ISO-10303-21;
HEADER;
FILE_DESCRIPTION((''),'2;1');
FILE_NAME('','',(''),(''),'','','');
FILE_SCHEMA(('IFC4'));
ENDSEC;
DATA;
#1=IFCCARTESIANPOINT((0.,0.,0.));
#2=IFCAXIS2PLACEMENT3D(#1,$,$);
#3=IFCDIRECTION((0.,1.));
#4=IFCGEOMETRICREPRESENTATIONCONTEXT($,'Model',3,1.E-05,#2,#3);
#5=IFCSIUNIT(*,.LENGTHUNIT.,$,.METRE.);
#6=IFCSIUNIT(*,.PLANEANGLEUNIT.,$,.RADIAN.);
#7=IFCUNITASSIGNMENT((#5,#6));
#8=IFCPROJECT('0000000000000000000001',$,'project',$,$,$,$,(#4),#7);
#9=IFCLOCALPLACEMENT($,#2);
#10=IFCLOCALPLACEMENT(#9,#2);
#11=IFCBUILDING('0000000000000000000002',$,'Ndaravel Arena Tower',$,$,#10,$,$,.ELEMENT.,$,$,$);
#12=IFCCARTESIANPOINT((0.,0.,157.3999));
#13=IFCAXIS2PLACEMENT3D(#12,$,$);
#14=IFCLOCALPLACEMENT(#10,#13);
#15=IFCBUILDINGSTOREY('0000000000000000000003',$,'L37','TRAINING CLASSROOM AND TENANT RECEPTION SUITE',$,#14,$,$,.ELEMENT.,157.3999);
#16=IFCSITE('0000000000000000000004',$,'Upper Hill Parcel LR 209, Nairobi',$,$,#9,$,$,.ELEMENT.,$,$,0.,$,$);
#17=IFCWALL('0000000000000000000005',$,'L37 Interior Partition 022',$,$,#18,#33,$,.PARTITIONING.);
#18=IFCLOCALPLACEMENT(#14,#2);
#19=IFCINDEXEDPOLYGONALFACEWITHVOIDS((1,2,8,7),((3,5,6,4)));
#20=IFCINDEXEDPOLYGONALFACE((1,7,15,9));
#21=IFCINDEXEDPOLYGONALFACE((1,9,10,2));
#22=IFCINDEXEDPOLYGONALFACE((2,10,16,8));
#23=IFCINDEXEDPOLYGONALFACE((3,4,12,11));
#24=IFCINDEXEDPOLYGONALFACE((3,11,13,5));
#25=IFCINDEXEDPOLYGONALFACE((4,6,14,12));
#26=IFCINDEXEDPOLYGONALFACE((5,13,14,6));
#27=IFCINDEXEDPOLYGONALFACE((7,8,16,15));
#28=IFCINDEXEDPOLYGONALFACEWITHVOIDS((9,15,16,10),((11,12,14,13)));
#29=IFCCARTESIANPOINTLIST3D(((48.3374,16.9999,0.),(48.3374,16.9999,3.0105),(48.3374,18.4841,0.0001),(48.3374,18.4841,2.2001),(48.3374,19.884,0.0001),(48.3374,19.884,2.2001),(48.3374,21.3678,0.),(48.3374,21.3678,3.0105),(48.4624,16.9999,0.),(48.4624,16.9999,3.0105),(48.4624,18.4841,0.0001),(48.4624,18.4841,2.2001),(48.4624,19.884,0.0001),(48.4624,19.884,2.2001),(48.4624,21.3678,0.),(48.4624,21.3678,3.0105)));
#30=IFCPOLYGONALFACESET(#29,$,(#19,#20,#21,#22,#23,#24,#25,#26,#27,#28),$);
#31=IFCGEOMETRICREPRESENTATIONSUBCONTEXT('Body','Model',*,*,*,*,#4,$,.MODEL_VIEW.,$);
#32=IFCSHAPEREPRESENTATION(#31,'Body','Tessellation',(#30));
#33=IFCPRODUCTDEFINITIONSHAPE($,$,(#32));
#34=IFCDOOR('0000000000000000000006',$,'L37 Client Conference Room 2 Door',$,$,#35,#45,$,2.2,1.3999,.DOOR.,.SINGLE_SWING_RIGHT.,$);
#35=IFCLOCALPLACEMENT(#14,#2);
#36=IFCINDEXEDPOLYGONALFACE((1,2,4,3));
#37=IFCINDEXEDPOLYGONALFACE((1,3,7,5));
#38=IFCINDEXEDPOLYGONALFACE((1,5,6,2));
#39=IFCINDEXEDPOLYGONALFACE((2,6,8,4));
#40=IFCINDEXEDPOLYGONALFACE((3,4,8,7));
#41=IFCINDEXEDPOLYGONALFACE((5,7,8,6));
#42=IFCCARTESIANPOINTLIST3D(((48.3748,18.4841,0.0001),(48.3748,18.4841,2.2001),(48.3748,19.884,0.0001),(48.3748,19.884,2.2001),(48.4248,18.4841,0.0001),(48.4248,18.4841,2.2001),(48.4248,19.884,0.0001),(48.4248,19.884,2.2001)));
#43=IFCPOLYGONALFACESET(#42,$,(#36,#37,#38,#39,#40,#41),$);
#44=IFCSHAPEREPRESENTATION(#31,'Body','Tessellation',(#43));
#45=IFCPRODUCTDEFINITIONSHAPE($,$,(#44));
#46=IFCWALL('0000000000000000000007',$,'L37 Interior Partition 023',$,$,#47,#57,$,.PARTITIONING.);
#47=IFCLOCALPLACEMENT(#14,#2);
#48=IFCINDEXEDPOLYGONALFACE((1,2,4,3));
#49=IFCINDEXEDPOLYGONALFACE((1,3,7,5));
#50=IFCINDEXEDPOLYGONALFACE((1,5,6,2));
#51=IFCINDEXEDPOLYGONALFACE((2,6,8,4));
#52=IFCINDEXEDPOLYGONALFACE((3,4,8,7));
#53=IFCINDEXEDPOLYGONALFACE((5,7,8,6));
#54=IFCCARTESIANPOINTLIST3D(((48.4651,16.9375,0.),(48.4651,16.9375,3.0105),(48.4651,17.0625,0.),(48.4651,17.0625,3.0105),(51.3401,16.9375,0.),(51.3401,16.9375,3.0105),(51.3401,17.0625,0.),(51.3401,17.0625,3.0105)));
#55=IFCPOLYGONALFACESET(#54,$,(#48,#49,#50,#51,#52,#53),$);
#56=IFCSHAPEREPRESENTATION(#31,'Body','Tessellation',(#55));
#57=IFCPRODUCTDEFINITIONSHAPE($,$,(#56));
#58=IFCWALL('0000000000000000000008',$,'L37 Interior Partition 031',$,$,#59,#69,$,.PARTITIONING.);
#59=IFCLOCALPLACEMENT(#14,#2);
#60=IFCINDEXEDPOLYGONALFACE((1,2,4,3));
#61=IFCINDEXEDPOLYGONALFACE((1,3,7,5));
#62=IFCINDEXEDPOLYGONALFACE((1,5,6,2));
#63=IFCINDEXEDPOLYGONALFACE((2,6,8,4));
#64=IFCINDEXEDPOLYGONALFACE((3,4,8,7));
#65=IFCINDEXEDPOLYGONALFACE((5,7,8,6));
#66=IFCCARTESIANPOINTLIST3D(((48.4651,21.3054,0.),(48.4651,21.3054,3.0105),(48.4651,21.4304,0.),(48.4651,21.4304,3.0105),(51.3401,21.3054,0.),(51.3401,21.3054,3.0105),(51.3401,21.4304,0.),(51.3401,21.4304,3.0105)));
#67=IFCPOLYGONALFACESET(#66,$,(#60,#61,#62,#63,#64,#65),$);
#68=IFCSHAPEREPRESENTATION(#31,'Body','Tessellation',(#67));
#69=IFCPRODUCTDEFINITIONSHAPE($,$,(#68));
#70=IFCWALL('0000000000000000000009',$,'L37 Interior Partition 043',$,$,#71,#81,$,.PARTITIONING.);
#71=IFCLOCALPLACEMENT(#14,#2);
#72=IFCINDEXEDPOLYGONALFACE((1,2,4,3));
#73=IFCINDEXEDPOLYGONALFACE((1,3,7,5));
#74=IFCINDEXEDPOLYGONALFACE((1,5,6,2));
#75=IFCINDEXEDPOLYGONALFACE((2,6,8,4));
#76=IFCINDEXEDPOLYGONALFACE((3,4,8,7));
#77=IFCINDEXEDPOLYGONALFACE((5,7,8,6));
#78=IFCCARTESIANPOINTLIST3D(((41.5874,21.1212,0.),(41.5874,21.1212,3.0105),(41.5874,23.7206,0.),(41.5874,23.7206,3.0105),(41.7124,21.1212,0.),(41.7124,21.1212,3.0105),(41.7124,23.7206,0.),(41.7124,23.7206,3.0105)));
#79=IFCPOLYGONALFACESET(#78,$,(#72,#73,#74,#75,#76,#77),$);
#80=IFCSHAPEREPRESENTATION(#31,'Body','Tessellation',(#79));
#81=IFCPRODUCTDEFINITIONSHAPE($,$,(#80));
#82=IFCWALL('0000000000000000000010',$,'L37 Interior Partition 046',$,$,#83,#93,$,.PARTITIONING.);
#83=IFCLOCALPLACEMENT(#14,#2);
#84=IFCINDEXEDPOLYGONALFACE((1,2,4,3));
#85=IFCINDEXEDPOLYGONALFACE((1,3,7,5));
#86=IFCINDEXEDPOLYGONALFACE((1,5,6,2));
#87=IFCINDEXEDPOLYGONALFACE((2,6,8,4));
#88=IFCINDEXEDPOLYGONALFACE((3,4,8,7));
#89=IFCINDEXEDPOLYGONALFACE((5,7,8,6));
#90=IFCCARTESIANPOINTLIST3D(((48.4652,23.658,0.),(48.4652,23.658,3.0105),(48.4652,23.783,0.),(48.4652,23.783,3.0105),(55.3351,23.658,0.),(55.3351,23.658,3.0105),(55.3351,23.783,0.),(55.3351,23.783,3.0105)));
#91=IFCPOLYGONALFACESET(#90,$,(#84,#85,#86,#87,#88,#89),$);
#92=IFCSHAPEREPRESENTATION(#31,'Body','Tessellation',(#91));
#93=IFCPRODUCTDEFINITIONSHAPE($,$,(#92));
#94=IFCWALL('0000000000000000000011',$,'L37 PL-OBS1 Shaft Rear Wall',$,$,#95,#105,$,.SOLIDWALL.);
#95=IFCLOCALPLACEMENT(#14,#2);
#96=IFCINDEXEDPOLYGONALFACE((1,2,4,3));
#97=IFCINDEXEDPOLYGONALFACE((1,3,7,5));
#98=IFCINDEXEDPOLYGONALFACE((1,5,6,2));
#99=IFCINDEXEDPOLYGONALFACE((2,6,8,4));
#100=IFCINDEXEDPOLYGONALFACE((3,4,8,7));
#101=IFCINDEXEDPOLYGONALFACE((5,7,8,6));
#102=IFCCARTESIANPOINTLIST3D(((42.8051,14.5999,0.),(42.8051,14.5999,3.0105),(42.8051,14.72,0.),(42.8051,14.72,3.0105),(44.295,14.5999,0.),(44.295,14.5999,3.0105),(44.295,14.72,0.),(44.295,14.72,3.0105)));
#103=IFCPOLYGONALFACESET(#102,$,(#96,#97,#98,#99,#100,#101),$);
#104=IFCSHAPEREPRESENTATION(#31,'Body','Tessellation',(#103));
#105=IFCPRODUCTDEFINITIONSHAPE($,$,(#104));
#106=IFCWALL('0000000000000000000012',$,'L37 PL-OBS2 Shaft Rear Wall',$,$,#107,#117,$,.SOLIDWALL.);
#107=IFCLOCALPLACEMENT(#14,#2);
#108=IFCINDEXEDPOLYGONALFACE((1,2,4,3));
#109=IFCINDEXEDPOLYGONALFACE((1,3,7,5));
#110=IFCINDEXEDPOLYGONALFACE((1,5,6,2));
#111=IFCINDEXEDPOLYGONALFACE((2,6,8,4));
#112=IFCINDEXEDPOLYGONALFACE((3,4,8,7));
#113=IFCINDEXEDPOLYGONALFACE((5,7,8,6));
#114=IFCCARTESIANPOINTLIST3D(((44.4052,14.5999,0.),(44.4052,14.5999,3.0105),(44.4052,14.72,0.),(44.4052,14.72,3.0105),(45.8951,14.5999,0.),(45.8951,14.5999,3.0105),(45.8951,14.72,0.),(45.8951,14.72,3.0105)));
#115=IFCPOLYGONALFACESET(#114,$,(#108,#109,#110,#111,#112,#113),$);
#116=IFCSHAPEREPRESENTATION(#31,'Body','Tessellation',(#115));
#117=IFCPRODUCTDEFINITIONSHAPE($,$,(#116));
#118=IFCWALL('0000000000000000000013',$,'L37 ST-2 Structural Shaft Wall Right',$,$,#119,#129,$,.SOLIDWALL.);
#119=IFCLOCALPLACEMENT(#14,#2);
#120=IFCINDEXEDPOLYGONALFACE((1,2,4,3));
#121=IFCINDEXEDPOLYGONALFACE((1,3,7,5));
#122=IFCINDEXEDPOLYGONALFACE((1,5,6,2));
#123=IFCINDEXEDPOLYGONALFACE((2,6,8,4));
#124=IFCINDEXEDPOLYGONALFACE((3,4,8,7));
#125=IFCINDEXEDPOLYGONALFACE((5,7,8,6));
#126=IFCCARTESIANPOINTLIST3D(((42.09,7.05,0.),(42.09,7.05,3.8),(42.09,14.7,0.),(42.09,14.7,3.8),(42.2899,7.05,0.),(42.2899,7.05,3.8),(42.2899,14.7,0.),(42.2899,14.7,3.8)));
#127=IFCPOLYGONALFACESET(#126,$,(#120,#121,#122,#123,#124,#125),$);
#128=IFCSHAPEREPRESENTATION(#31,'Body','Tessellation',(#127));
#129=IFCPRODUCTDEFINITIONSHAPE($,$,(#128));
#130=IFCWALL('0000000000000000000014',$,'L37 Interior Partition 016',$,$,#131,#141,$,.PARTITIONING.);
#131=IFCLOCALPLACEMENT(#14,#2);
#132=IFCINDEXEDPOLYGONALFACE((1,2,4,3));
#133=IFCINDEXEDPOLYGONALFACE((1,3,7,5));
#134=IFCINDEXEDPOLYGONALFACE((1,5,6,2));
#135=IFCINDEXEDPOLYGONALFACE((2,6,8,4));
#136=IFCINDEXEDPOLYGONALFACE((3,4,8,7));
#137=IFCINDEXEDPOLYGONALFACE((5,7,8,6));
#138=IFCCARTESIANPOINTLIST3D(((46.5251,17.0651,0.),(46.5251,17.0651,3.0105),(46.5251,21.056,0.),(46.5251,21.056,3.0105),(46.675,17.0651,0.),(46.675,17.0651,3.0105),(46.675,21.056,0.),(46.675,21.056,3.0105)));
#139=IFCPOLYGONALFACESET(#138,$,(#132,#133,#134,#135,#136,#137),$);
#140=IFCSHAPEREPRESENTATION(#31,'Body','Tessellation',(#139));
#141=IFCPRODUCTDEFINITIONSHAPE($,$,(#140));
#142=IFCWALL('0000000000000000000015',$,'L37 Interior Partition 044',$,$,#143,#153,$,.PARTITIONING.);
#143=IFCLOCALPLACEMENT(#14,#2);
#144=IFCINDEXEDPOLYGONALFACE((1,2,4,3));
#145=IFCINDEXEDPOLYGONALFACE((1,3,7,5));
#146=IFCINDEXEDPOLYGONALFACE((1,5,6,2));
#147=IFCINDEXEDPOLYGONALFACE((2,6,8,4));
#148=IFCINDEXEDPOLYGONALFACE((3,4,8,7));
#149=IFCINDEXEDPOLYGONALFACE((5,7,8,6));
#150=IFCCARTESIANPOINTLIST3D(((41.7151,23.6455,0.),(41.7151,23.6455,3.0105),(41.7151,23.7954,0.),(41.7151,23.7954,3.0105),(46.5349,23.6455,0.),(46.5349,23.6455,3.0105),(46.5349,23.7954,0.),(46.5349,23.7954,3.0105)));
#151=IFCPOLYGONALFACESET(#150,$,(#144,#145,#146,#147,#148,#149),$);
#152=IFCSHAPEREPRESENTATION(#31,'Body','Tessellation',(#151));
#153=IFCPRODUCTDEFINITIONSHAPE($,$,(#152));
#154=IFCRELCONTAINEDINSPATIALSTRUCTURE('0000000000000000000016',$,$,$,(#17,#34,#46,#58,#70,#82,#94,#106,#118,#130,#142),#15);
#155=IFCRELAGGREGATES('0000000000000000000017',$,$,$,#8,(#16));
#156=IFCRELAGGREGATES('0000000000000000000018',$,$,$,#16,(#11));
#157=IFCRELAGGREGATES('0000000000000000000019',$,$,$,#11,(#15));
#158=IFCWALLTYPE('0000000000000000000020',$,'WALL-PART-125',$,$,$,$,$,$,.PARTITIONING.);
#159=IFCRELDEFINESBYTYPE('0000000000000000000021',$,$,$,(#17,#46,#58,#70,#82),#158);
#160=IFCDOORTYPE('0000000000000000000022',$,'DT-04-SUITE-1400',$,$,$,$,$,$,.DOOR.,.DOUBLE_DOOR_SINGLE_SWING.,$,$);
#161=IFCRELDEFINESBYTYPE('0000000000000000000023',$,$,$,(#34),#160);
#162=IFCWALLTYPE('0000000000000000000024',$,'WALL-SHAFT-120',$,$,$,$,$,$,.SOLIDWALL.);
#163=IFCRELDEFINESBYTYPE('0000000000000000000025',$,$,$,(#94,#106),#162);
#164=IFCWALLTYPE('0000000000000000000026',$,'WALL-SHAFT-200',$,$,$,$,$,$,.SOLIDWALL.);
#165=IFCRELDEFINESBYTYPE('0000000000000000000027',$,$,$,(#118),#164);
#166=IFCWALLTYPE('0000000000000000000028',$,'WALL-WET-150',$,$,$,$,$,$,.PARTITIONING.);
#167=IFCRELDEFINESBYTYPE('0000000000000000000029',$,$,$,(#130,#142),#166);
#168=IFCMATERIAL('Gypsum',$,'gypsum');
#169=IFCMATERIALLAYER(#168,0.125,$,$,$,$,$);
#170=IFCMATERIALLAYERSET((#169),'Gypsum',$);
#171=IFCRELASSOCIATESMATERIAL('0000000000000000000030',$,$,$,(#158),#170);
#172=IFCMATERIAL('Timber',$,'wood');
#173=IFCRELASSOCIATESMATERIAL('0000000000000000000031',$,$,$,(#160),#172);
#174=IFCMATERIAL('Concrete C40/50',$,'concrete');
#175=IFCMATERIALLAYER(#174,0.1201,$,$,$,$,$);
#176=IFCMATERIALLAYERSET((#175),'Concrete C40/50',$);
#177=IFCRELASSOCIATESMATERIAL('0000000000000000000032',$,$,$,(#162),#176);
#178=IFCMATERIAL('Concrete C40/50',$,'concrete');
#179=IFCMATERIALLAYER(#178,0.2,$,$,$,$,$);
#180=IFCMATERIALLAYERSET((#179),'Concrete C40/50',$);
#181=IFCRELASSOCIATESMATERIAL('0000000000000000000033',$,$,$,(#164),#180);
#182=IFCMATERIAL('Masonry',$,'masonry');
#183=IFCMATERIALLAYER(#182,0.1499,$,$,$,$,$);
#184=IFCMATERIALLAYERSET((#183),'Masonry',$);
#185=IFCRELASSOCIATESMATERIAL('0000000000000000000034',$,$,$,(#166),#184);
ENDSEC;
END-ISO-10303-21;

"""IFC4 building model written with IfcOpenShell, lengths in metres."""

from ifc_helpers import new_model, si_unit, direction, frame, frame_2d, origin, place, context, subcontext, project, spatial, rectangle, extrude, material, layer, layer_set, type_object, element, fill, save


model = new_model("IFC4")

# Units and contexts
model_context = context("Model", 3, precision=1e-05, world=origin(), true_north=direction((0.0, 1.0)))
body_context = subcontext(model_context, "Body", "Model", "MODEL_VIEW")
ifc_project = project(units=[si_unit("LENGTHUNIT", "METRE"), si_unit("PLANEANGLEUNIT", "RADIAN")], contexts=[model_context])

# Site, building, storey
site_placement = place(None, origin())
site = spatial("IfcSite", under=ifc_project, at=site_placement, Name="Upper Hill Parcel LR 209, Nairobi", CompositionType="ELEMENT", RefElevation=0.0)
building_placement = place(site_placement, origin())
building = spatial("IfcBuilding", under=site, at=building_placement, Name="Ndaravel Arena Tower", CompositionType="ELEMENT")
storey_placement = place(building_placement, frame((0.0, 0.0, 157.3999)))
storey = spatial("IfcBuildingStorey", under=building, at=storey_placement, Name="L37", Description="TRAINING CLASSROOM AND TENANT RECEPTION SUITE", CompositionType="ELEMENT", Elevation=157.3999)

# Wall, opening, door
ifc_material_1 = material(Name="Gypsum", Category="gypsum")
ifc_layer_1 = layer(ifc_material_1, 0.125)
ifc_layer_set_1 = layer_set([ifc_layer_1], Name="Gypsum")
wall_type_1 = type_object("IfcWallType", Name="WALL-PART-125", PredefinedType="PARTITIONING", material=ifc_layer_set_1)
wall_1_placement = place(storey_placement, frame((48.3999, 21.3679, 0.0), z_axis=(0.0, 0.0, 1.0), x_axis=(0.0, -1.0, 0.0)))
wall_1 = element("IfcWall", 1, at=wall_1_placement, inside=storey, type_object=wall_type_1, Name="L37 Interior Partition 022", PredefinedType="PARTITIONING", context=body_context, shape_type="SweptSolid", body=[
    extrude(rectangle(XDim=4.3679, YDim=0.125, at=frame_2d((2.1841, 0.0))), origin(), (0.0, 0.0, 1.0), 3.0105),
])
opening_1_placement = place(wall_1_placement, frame((1.4839, 0.0, 0.0)))
opening_1 = element("IfcOpeningElement", 2, at=opening_1_placement, cuts=wall_1, PredefinedType="OPENING", context=body_context, shape_type="SweptSolid", body=[
    extrude(rectangle(XDim=1.3999, YDim=2.2, at=frame_2d((0.7, 1.1001))), frame((0.0, 0.0625, 0.0), z_axis=(0.0, -1.0, 0.0), x_axis=(1.0, 0.0, 0.0)), (0.0, 0.0, 1.0), 0.125),
])
ifc_material_2 = material(Name="Timber", Category="wood")
door_type_1 = type_object("IfcDoorType", Name="DT-04-SUITE-1400", OperationType="DOUBLE_DOOR_SINGLE_SWING", PredefinedType="DOOR", material=ifc_material_2)
door_1_placement = place(opening_1_placement, origin())
door_1 = element("IfcDoor", 3, at=door_1_placement, inside=storey, type_object=door_type_1, Name="L37 Client Conference Room 2 Door", OperationType="SINGLE_SWING_RIGHT", OverallHeight=2.2, OverallWidth=1.3999, PredefinedType="DOOR", context=body_context, shape_type="SweptSolid", body=[
    extrude(rectangle(XDim=1.3999, YDim=2.2, at=frame_2d((0.7, 1.1001))), frame((0.0, 0.0249, 0.0), z_axis=(0.0, -1.0, 0.0), x_axis=(1.0, 0.0, 0.0)), (0.0, 0.0, 1.0), 0.05),
])
fill(opening_1, door_1)

# Walls
for number, where, z_axis, x_axis, name in (
    (4, (48.4651, 17.0, 0.0), (0.0, 0.0, 1.0), (1.0, 0.0, 0.0), "L37 Interior Partition 023"),
    (5, (48.4651, 21.3679, 0.0), (0.0, 0.0, 1.0), (1.0, 0.0, 0.0), "L37 Interior Partition 031"),
):
    element("IfcWall", number, at=place(storey_placement, frame(where, z_axis=z_axis, x_axis=x_axis)), inside=storey, type_object=wall_type_1, Name=name, PredefinedType="PARTITIONING", context=body_context, shape_type="SweptSolid", body=[
        extrude(rectangle(XDim=2.875, YDim=0.125, at=frame_2d((1.4375, 0.0))), origin(), (0.0, 0.0, 1.0), 3.0105),
    ])
wall_2_placement = place(storey_placement, frame((41.6499, 21.1211, 0.0), z_axis=(0.0, 0.0, 1.0), x_axis=(0.0, 1.0, 0.0)))
element("IfcWall", 6, at=wall_2_placement, inside=storey, type_object=wall_type_1, Name="L37 Interior Partition 043", PredefinedType="PARTITIONING", context=body_context, shape_type="SweptSolid", body=[
    extrude(rectangle(XDim=2.5994, YDim=0.125, at=frame_2d((1.2998, 0.0))), origin(), (0.0, 0.0, 1.0), 3.0105),
])
wall_3_placement = place(storey_placement, frame((48.4651, 23.7205, 0.0), z_axis=(0.0, 0.0, 1.0), x_axis=(1.0, 0.0, 0.0)))
element("IfcWall", 7, at=wall_3_placement, inside=storey, type_object=wall_type_1, Name="L37 Interior Partition 046", PredefinedType="PARTITIONING", context=body_context, shape_type="SweptSolid", body=[
    extrude(rectangle(XDim=6.8699, YDim=0.125, at=frame_2d((3.4351, 0.0))), origin(), (0.0, 0.0, 1.0), 3.0105),
])
ifc_material_3 = material(Name="Concrete C40/50", Category="concrete")
ifc_layer_2 = layer(ifc_material_3, 0.1201)
ifc_layer_set_2 = layer_set([ifc_layer_2], Name="Concrete C40/50")
wall_type_2 = type_object("IfcWallType", Name="WALL-SHAFT-120", PredefinedType="SOLIDWALL", material=ifc_layer_set_2)
for number, where, z_axis, x_axis, name in (
    (8, (42.8049, 14.6599, 0.0), (0.0, 0.0, 1.0), (1.0, 0.0, 0.0), "L37 PL-OBS1 Shaft Rear Wall"),
    (9, (44.405, 14.6599, 0.0), (0.0, 0.0, 1.0), (1.0, 0.0, 0.0), "L37 PL-OBS2 Shaft Rear Wall"),
):
    element("IfcWall", number, at=place(storey_placement, frame(where, z_axis=z_axis, x_axis=x_axis)), inside=storey, type_object=wall_type_2, Name=name, PredefinedType="SOLIDWALL", context=body_context, shape_type="SweptSolid", body=[
        extrude(rectangle(XDim=1.49, YDim=0.1201, at=frame_2d((0.7451, 0.0))), origin(), (0.0, 0.0, 1.0), 3.0105),
    ])
ifc_material_4 = material(Name="Concrete C40/50", Category="concrete")
ifc_layer_3 = layer(ifc_material_4, 0.2)
ifc_layer_set_3 = layer_set([ifc_layer_3], Name="Concrete C40/50")
wall_type_3 = type_object("IfcWallType", Name="WALL-SHAFT-200", PredefinedType="SOLIDWALL", material=ifc_layer_set_3)
wall_4_placement = place(storey_placement, frame((42.1899, 14.7, 0.0), z_axis=(0.0, 0.0, 1.0), x_axis=(0.0, -1.0, 0.0)))
element("IfcWall", 10, at=wall_4_placement, inside=storey, type_object=wall_type_3, Name="L37 ST-2 Structural Shaft Wall Right", PredefinedType="SOLIDWALL", context=body_context, shape_type="SweptSolid", body=[
    extrude(rectangle(XDim=7.6499, YDim=0.2, at=frame_2d((3.825, 0.0))), origin(), (0.0, 0.0, 1.0), 3.8),
])
ifc_material_5 = material(Name="Masonry", Category="masonry")
ifc_layer_4 = layer(ifc_material_5, 0.1499)
ifc_layer_set_4 = layer_set([ifc_layer_4], Name="Masonry")
wall_type_4 = type_object("IfcWallType", Name="WALL-WET-150", PredefinedType="PARTITIONING", material=ifc_layer_set_4)
wall_5_placement = place(storey_placement, frame((46.6001, 17.0649, 0.0), z_axis=(0.0, 0.0, 1.0), x_axis=(0.0, 1.0, 0.0)))
element("IfcWall", 11, at=wall_5_placement, inside=storey, type_object=wall_type_4, Name="L37 Interior Partition 016", PredefinedType="PARTITIONING", context=body_context, shape_type="SweptSolid", body=[
    extrude(rectangle(XDim=3.991, YDim=0.1499, at=frame_2d((1.9956, 0.0))), origin(), (0.0, 0.0, 1.0), 3.0105),
])

# Wall
wall_6_placement = place(storey_placement, frame((41.7151, 23.7205, 0.0), z_axis=(0.0, 0.0, 1.0), x_axis=(1.0, 0.0, 0.0)))
element("IfcWall", 12, at=wall_6_placement, inside=storey, type_object=wall_type_4, Name="L37 Interior Partition 044", PredefinedType="PARTITIONING", context=body_context, shape_type="SweptSolid", body=[
    extrude(rectangle(XDim=4.8198, YDim=0.1499, at=frame_2d((2.4099, 0.0))), origin(), (0.0, 0.0, 1.0), 3.0105),
])

save(model, "model.ifc")
